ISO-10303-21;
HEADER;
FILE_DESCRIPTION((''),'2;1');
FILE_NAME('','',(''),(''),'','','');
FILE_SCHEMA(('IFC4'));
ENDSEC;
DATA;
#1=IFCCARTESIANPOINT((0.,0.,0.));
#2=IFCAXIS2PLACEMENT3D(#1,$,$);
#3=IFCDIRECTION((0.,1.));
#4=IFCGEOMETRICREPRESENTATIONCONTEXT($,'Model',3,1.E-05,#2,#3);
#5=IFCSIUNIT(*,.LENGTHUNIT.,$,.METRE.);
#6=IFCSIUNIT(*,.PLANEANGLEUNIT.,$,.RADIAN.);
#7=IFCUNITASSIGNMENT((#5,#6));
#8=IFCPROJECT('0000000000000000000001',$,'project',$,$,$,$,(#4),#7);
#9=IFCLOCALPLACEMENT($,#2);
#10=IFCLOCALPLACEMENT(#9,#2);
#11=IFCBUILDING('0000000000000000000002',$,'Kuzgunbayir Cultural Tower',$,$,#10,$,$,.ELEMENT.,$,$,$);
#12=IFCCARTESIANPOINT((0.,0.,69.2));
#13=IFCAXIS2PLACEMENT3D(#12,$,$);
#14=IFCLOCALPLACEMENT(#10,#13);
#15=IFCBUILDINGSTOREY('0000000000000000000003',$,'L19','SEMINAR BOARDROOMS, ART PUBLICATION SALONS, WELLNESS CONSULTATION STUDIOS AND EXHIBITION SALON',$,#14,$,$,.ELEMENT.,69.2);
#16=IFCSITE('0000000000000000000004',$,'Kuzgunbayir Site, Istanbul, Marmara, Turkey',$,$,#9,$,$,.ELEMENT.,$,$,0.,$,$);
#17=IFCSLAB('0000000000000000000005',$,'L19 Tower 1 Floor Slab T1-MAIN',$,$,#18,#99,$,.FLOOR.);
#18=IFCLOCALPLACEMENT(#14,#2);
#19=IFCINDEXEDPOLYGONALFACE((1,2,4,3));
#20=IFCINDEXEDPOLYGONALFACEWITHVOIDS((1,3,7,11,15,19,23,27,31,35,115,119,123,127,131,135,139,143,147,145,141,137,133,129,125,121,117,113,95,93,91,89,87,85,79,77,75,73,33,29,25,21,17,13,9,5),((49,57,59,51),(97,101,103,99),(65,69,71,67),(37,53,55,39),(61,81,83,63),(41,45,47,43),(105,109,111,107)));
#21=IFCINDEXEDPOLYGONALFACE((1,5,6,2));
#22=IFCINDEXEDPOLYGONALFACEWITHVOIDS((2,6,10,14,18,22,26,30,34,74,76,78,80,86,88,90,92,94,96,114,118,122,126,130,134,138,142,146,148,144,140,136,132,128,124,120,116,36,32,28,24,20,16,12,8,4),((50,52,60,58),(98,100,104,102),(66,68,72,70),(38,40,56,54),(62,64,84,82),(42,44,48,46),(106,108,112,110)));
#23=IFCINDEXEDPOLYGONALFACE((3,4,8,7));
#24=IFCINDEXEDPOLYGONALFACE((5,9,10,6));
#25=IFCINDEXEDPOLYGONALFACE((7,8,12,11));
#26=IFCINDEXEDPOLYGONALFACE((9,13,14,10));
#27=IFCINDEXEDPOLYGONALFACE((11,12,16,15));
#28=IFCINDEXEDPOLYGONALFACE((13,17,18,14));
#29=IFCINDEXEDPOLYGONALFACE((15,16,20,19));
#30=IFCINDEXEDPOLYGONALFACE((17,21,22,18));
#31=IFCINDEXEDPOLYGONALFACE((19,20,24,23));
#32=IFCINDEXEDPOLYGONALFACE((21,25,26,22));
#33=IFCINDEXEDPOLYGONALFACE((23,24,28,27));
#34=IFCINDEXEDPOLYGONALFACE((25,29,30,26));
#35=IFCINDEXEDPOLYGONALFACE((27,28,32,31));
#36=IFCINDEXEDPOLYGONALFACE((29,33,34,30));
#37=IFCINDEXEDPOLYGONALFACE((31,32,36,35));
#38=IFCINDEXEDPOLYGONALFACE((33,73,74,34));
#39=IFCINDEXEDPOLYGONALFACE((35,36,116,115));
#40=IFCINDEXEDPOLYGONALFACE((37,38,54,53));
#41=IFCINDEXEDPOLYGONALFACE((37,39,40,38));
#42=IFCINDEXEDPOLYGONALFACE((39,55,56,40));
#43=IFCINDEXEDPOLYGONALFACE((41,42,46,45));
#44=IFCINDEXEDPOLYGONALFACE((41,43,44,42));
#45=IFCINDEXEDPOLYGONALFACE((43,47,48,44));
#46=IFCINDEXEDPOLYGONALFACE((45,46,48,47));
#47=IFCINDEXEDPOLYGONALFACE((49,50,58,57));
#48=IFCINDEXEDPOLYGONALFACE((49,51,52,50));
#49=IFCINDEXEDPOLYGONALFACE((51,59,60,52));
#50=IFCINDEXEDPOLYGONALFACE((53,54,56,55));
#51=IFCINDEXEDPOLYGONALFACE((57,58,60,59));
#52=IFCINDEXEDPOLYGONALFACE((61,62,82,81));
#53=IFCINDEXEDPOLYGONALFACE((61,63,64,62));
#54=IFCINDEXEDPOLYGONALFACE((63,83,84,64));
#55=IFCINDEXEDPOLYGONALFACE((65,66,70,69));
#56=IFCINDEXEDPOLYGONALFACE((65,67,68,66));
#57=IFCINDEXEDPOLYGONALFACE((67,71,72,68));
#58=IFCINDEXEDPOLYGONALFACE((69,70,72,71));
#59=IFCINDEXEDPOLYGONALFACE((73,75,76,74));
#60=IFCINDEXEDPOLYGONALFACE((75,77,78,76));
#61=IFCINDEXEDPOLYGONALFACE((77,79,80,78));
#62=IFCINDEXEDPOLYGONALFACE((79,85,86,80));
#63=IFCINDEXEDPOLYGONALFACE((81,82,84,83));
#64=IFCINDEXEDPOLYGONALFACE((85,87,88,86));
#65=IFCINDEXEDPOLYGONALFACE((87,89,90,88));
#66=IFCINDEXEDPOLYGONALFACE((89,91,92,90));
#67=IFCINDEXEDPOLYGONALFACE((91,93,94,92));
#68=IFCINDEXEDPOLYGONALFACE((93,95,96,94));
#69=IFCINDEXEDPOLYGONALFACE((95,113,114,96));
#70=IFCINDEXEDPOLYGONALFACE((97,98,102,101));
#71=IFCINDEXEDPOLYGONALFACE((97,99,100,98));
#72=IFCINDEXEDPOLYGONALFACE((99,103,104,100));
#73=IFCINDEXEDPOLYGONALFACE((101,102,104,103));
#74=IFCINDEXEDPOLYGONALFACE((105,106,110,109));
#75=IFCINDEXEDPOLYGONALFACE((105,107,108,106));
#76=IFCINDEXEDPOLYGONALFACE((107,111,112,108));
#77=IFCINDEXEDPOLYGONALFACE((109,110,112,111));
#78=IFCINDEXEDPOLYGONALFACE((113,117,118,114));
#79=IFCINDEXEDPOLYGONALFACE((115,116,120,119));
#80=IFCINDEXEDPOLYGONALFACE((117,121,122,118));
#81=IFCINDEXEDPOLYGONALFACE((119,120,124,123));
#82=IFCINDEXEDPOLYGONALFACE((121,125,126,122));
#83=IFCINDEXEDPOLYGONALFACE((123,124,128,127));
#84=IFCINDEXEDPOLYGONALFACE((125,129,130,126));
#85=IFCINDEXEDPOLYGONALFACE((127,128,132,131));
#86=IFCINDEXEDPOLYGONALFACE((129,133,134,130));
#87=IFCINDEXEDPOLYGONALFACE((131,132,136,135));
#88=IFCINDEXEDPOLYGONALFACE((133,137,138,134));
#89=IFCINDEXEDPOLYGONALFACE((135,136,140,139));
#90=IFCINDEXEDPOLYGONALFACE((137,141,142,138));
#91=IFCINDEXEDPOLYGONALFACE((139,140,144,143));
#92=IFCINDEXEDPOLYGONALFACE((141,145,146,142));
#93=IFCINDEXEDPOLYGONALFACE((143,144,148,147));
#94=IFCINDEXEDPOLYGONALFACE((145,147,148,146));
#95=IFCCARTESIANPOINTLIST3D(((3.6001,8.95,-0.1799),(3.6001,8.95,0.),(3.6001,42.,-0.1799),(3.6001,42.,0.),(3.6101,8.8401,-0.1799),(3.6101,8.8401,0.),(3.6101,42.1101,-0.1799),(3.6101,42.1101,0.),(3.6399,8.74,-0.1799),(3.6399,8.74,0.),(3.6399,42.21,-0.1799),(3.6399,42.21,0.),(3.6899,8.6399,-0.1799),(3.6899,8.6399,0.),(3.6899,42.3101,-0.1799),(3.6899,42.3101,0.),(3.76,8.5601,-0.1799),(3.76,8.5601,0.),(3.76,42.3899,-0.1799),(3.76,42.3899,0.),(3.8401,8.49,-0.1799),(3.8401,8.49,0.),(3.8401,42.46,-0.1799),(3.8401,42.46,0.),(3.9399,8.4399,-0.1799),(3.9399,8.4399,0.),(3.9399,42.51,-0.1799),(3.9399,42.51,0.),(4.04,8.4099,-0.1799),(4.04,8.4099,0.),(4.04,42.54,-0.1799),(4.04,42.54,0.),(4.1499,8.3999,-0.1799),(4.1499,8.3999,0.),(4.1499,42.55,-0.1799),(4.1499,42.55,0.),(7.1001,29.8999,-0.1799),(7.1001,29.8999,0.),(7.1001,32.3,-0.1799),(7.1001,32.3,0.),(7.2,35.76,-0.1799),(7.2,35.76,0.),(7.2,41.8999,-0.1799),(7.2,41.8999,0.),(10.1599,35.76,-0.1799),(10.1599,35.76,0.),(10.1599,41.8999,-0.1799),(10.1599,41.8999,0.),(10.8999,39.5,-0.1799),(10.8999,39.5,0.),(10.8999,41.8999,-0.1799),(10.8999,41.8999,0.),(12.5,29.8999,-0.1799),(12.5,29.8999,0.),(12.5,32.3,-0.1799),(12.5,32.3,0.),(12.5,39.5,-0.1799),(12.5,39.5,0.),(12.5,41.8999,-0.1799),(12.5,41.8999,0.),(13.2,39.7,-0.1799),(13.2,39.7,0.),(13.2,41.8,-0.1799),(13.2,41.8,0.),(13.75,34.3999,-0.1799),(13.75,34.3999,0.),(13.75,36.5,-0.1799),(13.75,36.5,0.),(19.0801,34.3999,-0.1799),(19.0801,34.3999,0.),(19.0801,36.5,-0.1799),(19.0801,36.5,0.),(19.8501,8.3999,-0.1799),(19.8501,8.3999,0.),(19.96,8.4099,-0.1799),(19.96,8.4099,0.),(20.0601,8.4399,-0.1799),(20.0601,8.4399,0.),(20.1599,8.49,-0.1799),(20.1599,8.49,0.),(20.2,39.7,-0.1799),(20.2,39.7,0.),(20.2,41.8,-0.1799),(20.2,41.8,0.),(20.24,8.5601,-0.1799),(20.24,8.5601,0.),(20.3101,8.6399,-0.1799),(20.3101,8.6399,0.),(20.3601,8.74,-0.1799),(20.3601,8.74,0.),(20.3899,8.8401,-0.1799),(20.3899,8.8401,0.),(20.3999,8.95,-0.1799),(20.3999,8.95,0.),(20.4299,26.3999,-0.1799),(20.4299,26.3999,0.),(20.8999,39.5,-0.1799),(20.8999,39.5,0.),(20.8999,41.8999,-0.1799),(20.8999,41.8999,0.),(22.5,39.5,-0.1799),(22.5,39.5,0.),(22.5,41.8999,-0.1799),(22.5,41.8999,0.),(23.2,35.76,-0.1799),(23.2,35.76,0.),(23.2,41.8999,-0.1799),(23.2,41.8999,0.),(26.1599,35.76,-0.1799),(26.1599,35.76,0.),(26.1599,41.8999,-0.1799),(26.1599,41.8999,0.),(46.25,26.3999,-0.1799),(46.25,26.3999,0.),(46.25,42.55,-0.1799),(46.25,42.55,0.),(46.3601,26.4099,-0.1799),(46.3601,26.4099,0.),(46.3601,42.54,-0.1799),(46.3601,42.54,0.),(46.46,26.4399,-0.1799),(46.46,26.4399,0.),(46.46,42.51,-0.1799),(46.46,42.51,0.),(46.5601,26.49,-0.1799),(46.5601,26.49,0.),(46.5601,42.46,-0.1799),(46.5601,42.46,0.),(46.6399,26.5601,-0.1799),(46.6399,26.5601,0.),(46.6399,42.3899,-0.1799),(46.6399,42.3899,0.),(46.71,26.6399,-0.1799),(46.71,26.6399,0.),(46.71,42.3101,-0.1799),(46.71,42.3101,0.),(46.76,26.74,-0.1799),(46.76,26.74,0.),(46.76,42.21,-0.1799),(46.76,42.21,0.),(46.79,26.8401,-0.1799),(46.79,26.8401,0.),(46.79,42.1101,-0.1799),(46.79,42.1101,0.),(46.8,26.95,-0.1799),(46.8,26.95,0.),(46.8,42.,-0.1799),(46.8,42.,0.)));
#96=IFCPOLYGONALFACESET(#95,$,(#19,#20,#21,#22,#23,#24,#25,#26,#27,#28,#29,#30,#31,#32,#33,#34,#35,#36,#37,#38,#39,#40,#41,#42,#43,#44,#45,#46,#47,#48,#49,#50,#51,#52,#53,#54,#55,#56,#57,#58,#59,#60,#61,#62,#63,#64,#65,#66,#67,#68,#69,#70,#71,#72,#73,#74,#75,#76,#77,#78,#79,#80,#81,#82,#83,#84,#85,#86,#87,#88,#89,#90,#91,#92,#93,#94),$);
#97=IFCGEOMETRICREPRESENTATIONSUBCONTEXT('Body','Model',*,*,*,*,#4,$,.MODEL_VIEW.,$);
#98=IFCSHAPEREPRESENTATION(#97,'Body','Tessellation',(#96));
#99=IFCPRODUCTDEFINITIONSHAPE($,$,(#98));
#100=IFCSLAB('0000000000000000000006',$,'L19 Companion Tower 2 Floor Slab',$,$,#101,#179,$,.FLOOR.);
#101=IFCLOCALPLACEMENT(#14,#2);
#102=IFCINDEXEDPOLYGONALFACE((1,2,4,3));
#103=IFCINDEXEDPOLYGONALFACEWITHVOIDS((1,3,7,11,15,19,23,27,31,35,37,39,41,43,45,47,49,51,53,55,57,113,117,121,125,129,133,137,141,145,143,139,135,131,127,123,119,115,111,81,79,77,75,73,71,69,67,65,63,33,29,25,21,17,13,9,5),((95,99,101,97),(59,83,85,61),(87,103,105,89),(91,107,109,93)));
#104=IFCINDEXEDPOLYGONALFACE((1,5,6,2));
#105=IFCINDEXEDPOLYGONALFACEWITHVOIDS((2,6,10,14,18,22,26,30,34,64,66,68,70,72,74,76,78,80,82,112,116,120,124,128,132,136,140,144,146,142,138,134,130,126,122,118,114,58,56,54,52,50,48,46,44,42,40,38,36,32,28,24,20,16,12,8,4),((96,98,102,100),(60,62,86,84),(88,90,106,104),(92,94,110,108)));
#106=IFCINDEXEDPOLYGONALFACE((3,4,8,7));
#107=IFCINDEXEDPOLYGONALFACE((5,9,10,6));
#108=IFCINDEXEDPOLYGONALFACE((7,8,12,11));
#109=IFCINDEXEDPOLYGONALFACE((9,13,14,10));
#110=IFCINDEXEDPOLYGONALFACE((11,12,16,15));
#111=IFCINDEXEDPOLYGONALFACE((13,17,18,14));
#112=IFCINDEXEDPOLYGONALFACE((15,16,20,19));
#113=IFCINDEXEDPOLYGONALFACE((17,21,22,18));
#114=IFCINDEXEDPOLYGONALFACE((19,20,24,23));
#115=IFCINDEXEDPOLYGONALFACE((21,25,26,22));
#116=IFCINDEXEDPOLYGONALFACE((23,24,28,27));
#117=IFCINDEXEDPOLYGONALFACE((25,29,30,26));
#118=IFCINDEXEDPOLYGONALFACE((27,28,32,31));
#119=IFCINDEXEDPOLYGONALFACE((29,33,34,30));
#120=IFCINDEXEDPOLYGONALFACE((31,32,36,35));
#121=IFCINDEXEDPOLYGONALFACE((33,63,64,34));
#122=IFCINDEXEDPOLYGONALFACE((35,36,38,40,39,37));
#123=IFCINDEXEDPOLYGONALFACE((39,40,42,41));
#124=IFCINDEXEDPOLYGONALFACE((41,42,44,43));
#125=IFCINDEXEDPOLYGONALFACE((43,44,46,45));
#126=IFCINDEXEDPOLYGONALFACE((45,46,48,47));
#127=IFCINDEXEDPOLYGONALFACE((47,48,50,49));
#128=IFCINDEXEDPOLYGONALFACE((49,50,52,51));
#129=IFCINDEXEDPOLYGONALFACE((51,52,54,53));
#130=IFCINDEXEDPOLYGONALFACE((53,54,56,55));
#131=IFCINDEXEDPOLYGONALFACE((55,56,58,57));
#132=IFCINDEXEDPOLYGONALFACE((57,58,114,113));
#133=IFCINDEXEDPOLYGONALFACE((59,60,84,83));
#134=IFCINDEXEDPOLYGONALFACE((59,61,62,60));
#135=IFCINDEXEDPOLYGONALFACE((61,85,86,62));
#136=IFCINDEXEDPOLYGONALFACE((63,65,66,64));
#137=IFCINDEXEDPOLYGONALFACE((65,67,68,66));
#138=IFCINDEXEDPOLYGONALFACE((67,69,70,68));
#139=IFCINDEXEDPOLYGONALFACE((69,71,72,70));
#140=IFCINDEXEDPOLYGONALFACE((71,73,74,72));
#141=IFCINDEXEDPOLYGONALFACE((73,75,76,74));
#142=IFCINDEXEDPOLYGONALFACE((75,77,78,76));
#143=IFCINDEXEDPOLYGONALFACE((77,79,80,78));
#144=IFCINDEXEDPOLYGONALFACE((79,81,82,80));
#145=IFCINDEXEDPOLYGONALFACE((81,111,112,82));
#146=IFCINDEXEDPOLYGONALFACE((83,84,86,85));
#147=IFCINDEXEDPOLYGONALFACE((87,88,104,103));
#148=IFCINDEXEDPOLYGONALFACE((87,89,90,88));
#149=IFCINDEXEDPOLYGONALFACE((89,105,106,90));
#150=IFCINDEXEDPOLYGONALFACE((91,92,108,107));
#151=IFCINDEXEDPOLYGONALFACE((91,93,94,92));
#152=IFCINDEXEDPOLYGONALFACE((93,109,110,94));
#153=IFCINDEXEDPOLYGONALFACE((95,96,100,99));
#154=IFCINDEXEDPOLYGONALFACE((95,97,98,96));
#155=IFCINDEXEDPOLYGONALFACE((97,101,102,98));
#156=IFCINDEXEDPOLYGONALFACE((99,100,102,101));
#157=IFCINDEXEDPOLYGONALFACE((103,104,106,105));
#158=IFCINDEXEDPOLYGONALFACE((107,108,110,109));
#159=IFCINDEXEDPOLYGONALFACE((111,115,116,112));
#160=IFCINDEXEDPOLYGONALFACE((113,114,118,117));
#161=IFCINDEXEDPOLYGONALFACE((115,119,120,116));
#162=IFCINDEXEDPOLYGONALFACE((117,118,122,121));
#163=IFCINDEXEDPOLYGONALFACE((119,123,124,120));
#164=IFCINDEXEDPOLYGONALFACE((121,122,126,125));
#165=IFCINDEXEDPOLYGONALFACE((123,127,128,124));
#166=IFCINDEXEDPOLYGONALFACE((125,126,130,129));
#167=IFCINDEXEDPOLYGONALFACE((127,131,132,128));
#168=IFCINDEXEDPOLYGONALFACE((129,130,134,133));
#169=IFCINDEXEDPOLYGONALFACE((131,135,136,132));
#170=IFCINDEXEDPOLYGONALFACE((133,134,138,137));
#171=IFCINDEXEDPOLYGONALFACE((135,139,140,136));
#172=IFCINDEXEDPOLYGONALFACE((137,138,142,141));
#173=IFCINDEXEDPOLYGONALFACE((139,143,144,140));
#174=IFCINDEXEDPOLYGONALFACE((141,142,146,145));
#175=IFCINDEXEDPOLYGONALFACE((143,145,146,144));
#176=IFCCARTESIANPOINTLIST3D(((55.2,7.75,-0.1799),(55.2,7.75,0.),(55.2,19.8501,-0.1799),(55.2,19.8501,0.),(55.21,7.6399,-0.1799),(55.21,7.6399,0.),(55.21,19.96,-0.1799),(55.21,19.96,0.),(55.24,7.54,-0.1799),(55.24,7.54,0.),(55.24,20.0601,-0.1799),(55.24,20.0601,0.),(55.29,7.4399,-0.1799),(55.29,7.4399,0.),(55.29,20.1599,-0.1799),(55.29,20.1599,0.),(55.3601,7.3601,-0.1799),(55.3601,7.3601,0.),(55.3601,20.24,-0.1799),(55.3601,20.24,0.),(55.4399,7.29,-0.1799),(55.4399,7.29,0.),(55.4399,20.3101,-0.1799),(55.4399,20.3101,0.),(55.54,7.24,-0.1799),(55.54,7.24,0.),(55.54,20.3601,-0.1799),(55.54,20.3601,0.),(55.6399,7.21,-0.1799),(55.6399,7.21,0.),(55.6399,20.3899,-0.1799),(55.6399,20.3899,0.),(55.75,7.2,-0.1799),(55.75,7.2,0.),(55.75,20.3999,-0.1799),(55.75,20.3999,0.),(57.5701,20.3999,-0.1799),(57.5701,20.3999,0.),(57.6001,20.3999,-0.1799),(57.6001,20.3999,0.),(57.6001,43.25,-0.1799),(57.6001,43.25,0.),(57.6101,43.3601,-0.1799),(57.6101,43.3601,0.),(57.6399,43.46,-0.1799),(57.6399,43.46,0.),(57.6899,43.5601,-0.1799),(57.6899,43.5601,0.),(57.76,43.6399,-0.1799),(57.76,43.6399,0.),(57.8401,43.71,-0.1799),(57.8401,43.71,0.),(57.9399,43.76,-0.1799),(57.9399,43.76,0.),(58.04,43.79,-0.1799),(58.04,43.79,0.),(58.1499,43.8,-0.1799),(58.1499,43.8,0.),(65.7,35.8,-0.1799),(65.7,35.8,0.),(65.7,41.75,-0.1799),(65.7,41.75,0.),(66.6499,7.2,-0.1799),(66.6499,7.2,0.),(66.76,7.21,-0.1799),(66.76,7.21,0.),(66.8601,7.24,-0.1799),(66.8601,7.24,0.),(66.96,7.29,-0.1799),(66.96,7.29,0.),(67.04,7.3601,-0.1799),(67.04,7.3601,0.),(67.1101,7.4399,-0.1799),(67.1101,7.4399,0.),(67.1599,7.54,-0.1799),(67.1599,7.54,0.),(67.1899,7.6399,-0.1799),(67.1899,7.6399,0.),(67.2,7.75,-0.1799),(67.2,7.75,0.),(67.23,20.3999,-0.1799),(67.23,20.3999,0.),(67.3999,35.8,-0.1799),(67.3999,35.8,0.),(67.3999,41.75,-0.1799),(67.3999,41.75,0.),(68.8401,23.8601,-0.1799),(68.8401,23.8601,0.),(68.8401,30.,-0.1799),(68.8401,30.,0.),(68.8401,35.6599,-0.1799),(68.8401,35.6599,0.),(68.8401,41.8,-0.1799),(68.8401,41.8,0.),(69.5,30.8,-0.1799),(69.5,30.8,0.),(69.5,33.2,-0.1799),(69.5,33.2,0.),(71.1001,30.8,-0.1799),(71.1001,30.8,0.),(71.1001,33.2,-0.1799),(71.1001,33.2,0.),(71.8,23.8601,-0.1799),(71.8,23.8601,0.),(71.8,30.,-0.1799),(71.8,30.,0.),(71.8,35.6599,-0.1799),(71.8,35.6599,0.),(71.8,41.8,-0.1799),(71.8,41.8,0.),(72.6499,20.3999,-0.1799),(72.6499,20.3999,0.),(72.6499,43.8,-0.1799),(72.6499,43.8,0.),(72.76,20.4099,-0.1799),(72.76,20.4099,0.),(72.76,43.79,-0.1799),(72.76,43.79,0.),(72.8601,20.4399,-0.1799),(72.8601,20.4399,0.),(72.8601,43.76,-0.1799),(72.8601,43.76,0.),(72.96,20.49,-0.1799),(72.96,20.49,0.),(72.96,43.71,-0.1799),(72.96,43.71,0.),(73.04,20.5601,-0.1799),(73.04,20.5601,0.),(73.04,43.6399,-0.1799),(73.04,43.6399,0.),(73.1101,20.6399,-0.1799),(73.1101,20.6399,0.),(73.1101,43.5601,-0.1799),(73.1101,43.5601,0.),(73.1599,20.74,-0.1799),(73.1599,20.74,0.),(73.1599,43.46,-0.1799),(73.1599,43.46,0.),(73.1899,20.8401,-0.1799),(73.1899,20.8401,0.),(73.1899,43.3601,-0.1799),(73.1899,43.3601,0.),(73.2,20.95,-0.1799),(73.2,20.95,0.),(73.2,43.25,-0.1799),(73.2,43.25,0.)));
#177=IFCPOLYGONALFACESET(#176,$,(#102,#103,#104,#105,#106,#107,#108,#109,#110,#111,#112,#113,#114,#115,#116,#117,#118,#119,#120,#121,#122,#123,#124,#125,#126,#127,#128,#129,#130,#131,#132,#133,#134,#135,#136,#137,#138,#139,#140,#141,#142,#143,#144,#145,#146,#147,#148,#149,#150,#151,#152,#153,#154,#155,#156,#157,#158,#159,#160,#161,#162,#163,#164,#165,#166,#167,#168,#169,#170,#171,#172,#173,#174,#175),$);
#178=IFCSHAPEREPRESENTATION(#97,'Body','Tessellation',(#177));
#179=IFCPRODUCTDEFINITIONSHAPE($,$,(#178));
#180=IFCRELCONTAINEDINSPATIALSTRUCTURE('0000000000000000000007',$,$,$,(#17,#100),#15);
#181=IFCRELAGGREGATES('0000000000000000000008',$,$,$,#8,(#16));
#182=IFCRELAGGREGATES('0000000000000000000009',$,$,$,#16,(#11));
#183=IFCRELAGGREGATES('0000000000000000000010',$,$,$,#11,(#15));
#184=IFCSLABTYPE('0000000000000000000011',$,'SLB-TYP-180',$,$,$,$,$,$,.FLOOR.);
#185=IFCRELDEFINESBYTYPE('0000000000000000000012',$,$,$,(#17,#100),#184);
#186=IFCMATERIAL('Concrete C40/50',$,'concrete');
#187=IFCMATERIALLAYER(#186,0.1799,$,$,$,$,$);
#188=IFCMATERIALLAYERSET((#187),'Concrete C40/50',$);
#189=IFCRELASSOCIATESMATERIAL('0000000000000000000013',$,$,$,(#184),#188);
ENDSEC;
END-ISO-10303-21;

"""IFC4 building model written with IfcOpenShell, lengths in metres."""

from ifc_helpers import new_model, si_unit, direction, frame, origin, place, context, subcontext, project, spatial, polyline, outline, extrude, material, layer, layer_set, type_object, element, save


model = new_model("IFC4")

# Units and contexts
model_context = context("Model", 3, precision=1e-05, world=origin(), true_north=direction((0.0, 1.0)))
body_context = subcontext(model_context, "Body", "Model", "MODEL_VIEW")
ifc_project = project(units=[si_unit("LENGTHUNIT", "METRE"), si_unit("PLANEANGLEUNIT", "RADIAN")], contexts=[model_context])

# Site, building, storey
site_placement = place(None, origin())
site = spatial("IfcSite", under=ifc_project, at=site_placement, Name="Kuzgunbayir Site, Istanbul, Marmara, Turkey", CompositionType="ELEMENT", RefElevation=0.0)
building_placement = place(site_placement, origin())
building = spatial("IfcBuilding", under=site, at=building_placement, Name="Kuzgunbayir Cultural Tower", CompositionType="ELEMENT")
storey_placement = place(building_placement, frame((0.0, 0.0, 69.2)))
storey = spatial("IfcBuildingStorey", under=building, at=storey_placement, Name="L19", Description="SEMINAR BOARDROOMS, ART PUBLICATION SALONS, WELLNESS CONSULTATION STUDIOS AND EXHIBITION SALON", CompositionType="ELEMENT", Elevation=69.2)

# Shared definitions
ifc_material_1 = material(Name="Concrete C40/50", Category="concrete")

# Slabs
ifc_layer_1 = layer(ifc_material_1, 0.1799)
ifc_layer_set_1 = layer_set([ifc_layer_1], Name="Concrete C40/50")
slab_type_1 = type_object("IfcSlabType", Name="SLB-TYP-180", PredefinedType="FLOOR", material=ifc_layer_set_1)
slab_1_placement = place(storey_placement, frame((0.0, 0.0, -0.1799)))
element("IfcSlab", 1, at=slab_1_placement, inside=storey, type_object=slab_type_1, Name="L19 Tower 1 Floor Slab T1-MAIN", PredefinedType="FLOOR", context=body_context, shape_type="SweptSolid", body=[
    extrude(outline(polyline([(20.3999, 8.95), (20.3899, 8.8401), (20.3601, 8.74), (20.3101, 8.6399), (20.24, 8.5601), (20.1599, 8.49), (20.0601, 8.4399), (19.96, 8.4099), (19.8501, 8.3999), (4.1499, 8.3999), (4.04, 8.4099), (3.9399, 8.4399), (3.8401, 8.49), (3.76, 8.5601), (3.6899, 8.6399), (3.6399, 8.74), (3.6101, 8.8401), (3.6001, 8.95), (3.6001, 42.0), (3.6101, 42.1101), (3.6399, 42.21), (3.6899, 42.3101), (3.76, 42.3899), (3.8401, 42.46), (3.9399, 42.51), (4.04, 42.54), (4.1499, 42.55), (46.25, 42.55), (46.3601, 42.54), (46.46, 42.51), (46.5601, 42.46), (46.6399, 42.3899), (46.71, 42.3101), (46.76, 42.21), (46.79, 42.1101), (46.8, 42.0), (46.8, 26.95), (46.79, 26.8401), (46.76, 26.74), (46.71, 26.6399), (46.6399, 26.5601), (46.5601, 26.49), (46.46, 26.4399), (46.3601, 26.4099), (46.25, 26.3999), (20.4299, 26.3999), (20.3999, 8.95)]), holes=[polyline([(7.2, 35.76), (7.2, 41.8999), (10.1599, 41.8999), (10.1599, 35.76), (7.2, 35.76)]), polyline([(23.2, 35.76), (23.2, 41.8999), (26.1599, 41.8999), (26.1599, 35.76), (23.2, 35.76)]), polyline([(13.2, 39.7), (13.2, 41.8), (20.2, 41.8), (20.2, 39.7), (13.2, 39.7)]), polyline([(13.75, 34.3999), (13.75, 36.5), (19.0801, 36.5), (19.0801, 34.3999), (13.75, 34.3999)]), polyline([(7.1001, 29.8999), (7.1001, 32.3), (12.5, 32.3), (12.5, 29.8999), (7.1001, 29.8999)]), polyline([(10.8999, 39.5), (10.8999, 41.8999), (12.5, 41.8999), (12.5, 39.5), (10.8999, 39.5)]), polyline([(20.8999, 39.5), (20.8999, 41.8999), (22.5, 41.8999), (22.5, 39.5), (20.8999, 39.5)])]), origin(), (0.0, 0.0, 1.0), 0.1799),
])
slab_2_placement = place(storey_placement, frame((0.0, 0.0, -0.1799)))
element("IfcSlab", 2, at=slab_2_placement, inside=storey, type_object=slab_type_1, Name="L19 Companion Tower 2 Floor Slab", PredefinedType="FLOOR", context=body_context, shape_type="SweptSolid", body=[
    extrude(outline(polyline([(57.6001, 20.3999), (57.6001, 43.25), (57.6101, 43.3601), (57.6399, 43.46), (57.6899, 43.5601), (57.76, 43.6399), (57.8401, 43.71), (57.9399, 43.76), (58.04, 43.79), (58.1499, 43.8), (72.6499, 43.8), (72.76, 43.79), (72.8601, 43.76), (72.96, 43.71), (73.04, 43.6399), (73.1101, 43.5601), (73.1599, 43.46), (73.1899, 43.3601), (73.2, 43.25), (73.2, 20.95), (73.1899, 20.8401), (73.1599, 20.74), (73.1101, 20.6399), (73.04, 20.5601), (72.96, 20.49), (72.8601, 20.4399), (72.76, 20.4099), (72.6499, 20.3999), (67.23, 20.3999), (67.2, 7.75), (67.1899, 7.6399), (67.1599, 7.54), (67.1101, 7.4399), (67.04, 7.3601), (66.96, 7.29), (66.8601, 7.24), (66.76, 7.21), (66.6499, 7.2), (55.75, 7.2), (55.6399, 7.21), (55.54, 7.24), (55.4399, 7.29), (55.3601, 7.3601), (55.29, 7.4399), (55.24, 7.54), (55.21, 7.6399), (55.2, 7.75), (55.2, 19.8501), (55.21, 19.96), (55.24, 20.0601), (55.29, 20.1599), (55.3601, 20.24), (55.4399, 20.3101), (55.54, 20.3601), (55.6399, 20.3899), (55.75, 20.3999), (57.5701, 20.3999), (57.6001, 20.3999)]), holes=[polyline([(68.8401, 23.8601), (68.8401, 30.0), (71.8, 30.0), (71.8, 23.8601), (68.8401, 23.8601)]), polyline([(68.8401, 35.6599), (68.8401, 41.8), (71.8, 41.8), (71.8, 35.6599), (68.8401, 35.6599)]), polyline([(65.7, 35.8), (65.7, 41.75), (67.3999, 41.75), (67.3999, 35.8), (65.7, 35.8)]), polyline([(69.5, 30.8), (69.5, 33.2), (71.1001, 33.2), (71.1001, 30.8), (69.5, 30.8)])]), origin(), (0.0, 0.0, 1.0), 0.1799),
])

save(model, "model.ifc")
